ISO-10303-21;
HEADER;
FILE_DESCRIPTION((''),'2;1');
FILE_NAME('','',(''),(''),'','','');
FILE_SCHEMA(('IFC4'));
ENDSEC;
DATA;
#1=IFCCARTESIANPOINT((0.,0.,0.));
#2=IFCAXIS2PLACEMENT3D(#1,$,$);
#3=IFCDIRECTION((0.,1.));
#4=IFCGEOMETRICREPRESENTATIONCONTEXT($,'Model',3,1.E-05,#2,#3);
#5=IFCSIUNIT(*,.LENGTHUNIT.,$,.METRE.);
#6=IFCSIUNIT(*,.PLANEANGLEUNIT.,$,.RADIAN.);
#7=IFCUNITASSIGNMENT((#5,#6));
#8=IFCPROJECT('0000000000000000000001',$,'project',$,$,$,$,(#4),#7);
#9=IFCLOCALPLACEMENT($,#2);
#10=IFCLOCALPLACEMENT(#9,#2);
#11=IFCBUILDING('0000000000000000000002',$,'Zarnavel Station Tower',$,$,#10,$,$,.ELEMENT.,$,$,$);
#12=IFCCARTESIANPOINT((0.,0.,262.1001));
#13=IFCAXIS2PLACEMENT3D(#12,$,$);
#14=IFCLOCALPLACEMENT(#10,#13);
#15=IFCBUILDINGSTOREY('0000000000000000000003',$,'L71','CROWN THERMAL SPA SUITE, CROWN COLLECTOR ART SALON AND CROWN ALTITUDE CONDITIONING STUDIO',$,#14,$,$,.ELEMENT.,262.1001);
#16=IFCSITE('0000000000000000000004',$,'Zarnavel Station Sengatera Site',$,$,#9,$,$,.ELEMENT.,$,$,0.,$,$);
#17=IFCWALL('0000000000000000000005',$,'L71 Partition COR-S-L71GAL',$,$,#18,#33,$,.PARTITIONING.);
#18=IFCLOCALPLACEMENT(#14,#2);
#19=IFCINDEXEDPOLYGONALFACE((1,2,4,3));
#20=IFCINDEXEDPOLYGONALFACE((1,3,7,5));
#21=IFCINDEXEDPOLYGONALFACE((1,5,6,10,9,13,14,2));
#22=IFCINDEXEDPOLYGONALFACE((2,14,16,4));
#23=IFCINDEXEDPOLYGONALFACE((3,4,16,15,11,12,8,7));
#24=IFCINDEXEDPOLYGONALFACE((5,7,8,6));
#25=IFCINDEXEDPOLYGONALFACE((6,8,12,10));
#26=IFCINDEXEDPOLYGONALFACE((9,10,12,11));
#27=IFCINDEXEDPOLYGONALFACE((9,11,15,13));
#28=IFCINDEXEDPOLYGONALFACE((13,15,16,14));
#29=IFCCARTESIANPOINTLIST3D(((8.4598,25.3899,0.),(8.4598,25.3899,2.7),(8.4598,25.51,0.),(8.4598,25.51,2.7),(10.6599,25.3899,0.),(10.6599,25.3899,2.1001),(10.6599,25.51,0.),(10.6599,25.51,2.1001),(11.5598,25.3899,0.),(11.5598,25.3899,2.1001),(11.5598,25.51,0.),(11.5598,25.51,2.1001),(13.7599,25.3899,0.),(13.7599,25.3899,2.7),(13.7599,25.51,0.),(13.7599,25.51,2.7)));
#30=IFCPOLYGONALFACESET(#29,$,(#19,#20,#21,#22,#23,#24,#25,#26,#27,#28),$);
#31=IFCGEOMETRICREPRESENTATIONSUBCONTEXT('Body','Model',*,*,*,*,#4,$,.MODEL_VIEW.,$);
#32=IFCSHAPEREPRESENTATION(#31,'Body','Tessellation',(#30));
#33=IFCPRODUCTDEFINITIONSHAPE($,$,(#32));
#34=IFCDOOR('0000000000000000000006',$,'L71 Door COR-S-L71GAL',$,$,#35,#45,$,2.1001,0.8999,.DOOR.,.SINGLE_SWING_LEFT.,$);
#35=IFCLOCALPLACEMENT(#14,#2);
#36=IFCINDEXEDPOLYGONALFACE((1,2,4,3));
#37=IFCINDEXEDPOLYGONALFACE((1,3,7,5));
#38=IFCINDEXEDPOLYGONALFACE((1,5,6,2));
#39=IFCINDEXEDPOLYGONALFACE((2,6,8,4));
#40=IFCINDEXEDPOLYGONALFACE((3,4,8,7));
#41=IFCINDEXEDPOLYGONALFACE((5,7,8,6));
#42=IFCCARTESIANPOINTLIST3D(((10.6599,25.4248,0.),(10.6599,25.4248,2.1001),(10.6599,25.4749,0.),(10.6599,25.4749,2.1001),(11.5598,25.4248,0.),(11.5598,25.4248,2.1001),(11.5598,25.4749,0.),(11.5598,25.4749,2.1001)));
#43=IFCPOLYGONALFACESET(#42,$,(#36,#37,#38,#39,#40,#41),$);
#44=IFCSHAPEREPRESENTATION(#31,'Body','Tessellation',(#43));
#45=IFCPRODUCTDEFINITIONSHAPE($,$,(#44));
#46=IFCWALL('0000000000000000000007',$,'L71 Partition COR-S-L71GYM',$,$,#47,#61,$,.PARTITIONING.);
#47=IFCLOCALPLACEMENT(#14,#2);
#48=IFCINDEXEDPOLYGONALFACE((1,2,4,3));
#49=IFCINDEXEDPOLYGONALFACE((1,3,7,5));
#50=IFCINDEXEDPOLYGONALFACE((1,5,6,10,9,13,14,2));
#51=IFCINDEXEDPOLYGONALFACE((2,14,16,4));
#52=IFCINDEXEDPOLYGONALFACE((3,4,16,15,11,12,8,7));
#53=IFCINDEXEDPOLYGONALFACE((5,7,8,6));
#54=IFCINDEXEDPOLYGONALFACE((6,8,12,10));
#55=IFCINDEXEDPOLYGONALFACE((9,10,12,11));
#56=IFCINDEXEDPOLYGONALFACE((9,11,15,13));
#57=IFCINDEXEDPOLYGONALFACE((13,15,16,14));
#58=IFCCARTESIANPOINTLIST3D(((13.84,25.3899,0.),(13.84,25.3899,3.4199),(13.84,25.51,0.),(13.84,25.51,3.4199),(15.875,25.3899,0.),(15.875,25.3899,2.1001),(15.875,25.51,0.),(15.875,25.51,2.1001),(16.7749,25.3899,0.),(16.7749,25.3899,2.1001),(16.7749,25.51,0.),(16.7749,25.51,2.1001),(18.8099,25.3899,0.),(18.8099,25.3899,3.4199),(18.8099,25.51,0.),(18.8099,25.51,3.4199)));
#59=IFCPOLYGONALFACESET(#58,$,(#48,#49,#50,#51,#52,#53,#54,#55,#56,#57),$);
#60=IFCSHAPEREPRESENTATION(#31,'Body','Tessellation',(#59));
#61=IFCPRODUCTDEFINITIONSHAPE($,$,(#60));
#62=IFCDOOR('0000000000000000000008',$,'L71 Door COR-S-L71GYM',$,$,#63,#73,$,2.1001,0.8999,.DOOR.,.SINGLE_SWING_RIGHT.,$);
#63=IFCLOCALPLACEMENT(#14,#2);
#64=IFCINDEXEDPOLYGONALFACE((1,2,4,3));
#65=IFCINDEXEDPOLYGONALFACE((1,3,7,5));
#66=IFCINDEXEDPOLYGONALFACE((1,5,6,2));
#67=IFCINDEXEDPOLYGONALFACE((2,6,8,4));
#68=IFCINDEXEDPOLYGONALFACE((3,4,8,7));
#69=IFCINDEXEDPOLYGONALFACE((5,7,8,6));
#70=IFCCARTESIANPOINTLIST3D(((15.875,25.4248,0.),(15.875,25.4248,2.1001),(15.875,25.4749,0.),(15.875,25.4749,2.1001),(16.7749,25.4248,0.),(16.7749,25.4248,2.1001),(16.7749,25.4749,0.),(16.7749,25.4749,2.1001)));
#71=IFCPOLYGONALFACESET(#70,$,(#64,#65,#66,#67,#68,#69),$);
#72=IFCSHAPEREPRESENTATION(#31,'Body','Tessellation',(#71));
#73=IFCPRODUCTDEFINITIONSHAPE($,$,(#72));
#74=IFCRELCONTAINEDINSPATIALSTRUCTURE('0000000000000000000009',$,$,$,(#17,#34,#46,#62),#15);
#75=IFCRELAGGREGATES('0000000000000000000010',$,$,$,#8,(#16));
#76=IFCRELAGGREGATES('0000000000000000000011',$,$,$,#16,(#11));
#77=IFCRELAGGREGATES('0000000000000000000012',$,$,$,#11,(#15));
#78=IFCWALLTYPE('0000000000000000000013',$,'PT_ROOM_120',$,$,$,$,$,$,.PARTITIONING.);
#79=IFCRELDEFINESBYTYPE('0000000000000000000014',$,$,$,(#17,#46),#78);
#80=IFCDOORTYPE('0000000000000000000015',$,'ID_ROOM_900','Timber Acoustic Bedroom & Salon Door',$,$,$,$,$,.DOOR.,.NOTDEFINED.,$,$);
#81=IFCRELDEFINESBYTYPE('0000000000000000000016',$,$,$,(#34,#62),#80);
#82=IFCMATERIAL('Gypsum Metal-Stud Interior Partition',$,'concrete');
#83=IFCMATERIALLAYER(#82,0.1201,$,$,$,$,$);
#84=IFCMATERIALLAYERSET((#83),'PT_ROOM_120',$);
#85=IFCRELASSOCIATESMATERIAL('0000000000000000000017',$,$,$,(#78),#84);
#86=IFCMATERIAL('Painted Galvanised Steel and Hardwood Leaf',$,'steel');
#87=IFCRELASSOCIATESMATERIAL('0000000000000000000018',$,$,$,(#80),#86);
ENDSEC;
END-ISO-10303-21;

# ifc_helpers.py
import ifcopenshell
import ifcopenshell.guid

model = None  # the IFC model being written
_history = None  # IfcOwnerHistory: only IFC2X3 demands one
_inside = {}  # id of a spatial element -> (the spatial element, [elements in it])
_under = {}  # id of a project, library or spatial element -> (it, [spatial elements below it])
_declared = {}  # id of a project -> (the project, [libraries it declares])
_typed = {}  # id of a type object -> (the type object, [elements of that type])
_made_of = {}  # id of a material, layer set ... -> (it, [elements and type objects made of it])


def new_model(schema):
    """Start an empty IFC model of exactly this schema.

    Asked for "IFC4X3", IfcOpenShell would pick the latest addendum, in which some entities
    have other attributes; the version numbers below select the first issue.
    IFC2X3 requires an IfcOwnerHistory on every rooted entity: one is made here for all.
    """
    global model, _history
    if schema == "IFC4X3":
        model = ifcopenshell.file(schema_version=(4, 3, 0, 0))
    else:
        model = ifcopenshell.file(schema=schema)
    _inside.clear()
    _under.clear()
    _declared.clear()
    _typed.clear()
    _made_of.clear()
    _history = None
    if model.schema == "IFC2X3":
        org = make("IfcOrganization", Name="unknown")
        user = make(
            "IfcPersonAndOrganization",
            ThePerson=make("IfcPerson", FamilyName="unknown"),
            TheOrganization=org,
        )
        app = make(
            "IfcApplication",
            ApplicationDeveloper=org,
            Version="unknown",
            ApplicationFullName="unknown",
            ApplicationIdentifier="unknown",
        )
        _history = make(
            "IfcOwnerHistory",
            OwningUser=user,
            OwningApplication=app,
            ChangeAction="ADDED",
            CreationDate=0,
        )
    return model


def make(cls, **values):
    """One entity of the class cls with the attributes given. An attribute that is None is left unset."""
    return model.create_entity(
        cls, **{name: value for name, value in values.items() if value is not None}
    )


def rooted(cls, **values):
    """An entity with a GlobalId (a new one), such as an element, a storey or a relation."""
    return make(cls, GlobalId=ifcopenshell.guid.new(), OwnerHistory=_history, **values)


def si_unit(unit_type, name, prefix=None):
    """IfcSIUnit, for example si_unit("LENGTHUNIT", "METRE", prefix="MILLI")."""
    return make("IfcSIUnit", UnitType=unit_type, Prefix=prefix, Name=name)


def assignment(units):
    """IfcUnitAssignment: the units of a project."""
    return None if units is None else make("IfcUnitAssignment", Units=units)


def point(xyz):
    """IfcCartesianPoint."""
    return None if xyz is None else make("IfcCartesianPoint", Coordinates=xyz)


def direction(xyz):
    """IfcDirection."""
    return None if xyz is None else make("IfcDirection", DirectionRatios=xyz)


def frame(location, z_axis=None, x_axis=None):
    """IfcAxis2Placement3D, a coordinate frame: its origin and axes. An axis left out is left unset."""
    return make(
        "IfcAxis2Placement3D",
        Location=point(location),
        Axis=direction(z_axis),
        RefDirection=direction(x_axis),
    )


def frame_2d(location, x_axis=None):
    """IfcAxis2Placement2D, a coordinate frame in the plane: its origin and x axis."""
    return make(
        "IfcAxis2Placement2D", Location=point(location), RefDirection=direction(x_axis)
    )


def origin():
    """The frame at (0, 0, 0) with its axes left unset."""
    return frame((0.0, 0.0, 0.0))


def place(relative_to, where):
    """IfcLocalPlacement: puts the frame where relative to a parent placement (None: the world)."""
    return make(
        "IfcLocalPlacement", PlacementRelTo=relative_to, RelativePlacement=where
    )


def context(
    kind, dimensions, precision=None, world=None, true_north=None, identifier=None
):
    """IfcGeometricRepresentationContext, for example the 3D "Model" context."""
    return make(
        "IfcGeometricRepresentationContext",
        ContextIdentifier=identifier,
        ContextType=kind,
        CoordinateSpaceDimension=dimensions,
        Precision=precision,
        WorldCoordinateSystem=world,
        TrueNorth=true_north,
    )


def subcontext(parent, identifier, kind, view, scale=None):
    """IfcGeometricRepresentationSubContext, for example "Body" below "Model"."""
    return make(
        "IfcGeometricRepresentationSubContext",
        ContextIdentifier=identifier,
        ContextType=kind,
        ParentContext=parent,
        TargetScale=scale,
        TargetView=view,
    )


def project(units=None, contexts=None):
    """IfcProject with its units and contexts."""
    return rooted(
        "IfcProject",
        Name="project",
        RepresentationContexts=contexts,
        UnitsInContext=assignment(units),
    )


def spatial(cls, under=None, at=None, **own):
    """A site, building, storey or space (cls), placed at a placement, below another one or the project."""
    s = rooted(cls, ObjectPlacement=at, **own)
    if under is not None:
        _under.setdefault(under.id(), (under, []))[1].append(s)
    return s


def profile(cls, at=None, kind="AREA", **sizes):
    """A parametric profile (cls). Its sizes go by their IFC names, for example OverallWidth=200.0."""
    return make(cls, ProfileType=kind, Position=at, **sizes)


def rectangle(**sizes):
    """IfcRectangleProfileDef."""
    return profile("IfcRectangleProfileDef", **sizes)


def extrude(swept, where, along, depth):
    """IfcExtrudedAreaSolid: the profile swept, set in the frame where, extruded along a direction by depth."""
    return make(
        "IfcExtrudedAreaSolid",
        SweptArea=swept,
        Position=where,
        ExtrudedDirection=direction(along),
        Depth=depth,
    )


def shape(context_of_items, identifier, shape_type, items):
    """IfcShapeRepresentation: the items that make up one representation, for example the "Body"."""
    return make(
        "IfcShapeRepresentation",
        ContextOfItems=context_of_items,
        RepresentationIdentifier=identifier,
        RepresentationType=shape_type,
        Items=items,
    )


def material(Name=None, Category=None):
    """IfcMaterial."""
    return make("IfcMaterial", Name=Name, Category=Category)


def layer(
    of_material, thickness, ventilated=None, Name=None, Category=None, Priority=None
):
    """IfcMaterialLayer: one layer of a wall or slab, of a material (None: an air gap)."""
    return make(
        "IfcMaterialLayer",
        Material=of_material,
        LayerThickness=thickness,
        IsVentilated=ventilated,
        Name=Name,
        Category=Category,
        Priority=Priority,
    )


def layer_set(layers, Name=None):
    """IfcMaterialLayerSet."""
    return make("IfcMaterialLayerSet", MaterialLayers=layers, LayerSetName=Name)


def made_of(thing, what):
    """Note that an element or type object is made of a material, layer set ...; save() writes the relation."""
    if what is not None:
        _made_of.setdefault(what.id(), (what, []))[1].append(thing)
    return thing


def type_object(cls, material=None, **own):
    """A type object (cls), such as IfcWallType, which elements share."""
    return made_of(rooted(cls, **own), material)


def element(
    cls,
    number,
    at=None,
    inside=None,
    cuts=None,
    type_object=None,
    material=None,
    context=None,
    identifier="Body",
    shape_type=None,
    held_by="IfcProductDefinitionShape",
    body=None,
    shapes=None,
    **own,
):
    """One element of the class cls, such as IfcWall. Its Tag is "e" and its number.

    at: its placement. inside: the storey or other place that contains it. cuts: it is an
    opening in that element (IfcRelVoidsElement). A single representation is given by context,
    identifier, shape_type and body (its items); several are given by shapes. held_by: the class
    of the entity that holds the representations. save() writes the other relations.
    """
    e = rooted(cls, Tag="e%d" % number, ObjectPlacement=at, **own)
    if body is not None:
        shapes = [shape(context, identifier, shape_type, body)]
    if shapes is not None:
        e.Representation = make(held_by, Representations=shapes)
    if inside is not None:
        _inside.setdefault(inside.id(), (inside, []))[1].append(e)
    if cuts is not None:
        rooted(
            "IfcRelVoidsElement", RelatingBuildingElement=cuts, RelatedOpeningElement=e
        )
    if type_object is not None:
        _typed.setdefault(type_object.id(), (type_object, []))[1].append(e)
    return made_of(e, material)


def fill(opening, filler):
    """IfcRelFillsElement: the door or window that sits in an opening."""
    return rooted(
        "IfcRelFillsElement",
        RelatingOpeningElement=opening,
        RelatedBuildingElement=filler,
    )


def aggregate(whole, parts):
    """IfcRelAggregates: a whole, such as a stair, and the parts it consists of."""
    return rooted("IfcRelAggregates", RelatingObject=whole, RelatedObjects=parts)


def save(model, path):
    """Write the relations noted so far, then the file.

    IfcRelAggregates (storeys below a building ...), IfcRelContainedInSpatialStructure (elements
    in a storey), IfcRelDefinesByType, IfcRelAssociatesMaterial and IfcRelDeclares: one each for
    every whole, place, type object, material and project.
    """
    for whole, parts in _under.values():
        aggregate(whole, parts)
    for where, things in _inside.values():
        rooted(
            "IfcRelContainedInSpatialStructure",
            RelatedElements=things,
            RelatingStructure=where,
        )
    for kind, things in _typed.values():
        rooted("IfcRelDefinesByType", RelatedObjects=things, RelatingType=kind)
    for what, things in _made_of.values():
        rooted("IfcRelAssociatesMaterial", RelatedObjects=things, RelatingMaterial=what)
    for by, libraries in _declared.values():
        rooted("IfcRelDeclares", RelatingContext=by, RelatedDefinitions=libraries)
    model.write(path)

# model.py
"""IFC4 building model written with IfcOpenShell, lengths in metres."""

from ifc_helpers import new_model, si_unit, direction, frame, frame_2d, origin, place, context, subcontext, project, spatial, rectangle, extrude, material, layer, layer_set, type_object, element, fill, save


model = new_model("IFC4")

# Units and contexts
model_context = context("Model", 3, precision=1e-05, world=origin(), true_north=direction((0.0, 1.0)))
body_context = subcontext(model_context, "Body", "Model", "MODEL_VIEW")
ifc_project = project(units=[si_unit("LENGTHUNIT", "METRE"), si_unit("PLANEANGLEUNIT", "RADIAN")], contexts=[model_context])

# Site, building, storey
site_placement = place(None, origin())
site = spatial("IfcSite", under=ifc_project, at=site_placement, Name="Zarnavel Station Sengatera Site", CompositionType="ELEMENT", RefElevation=0.0)
building_placement = place(site_placement, origin())
building = spatial("IfcBuilding", under=site, at=building_placement, Name="Zarnavel Station Tower", CompositionType="ELEMENT")
storey_placement = place(building_placement, frame((0.0, 0.0, 262.1001)))
storey = spatial("IfcBuildingStorey", under=building, at=storey_placement, Name="L71", Description="CROWN THERMAL SPA SUITE, CROWN COLLECTOR ART SALON AND CROWN ALTITUDE CONDITIONING STUDIO", CompositionType="ELEMENT", Elevation=262.1001)

# Walls, openings, doors
ifc_material_1 = material(Name="Gypsum Metal-Stud Interior Partition", Category="concrete")
ifc_layer_1 = layer(ifc_material_1, 0.1201)
ifc_layer_set_1 = layer_set([ifc_layer_1], Name="PT_ROOM_120")
wall_type_1 = type_object("IfcWallType", Name="PT_ROOM_120", PredefinedType="PARTITIONING", material=ifc_layer_set_1)
wall_1_placement = place(storey_placement, frame((8.46, 25.45, 0.0), z_axis=(0.0, 0.0, 1.0), x_axis=(1.0, 0.0, 0.0)))
wall_1 = element("IfcWall", 1, at=wall_1_placement, inside=storey, type_object=wall_type_1, Name="L71 Partition COR-S-L71GAL", PredefinedType="PARTITIONING", context=body_context, shape_type="SweptSolid", body=[
    extrude(rectangle(XDim=5.3, YDim=0.1201, at=frame_2d((2.6499, 0.0))), origin(), (0.0, 0.0, 1.0), 2.7),
])
opening_1_placement = place(wall_1_placement, frame((2.2, 0.0, 0.0)))
opening_1 = element("IfcOpeningElement", 2, at=opening_1_placement, cuts=wall_1, PredefinedType="OPENING", context=body_context, shape_type="SweptSolid", body=[
    extrude(rectangle(XDim=0.8999, YDim=2.1001, at=frame_2d((0.45, 1.05))), frame((0.0, 0.0701, 0.0), z_axis=(0.0, -1.0, 0.0), x_axis=(1.0, 0.0, 0.0)), (0.0, 0.0, 1.0), 0.1401),
])
ifc_material_2 = material(Name="Painted Galvanised Steel and Hardwood Leaf", Category="steel")
door_type = type_object("IfcDoorType", Name="ID_ROOM_900", Description="Timber Acoustic Bedroom & Salon Door", OperationType="NOTDEFINED", PredefinedType="DOOR", material=ifc_material_2)
door_1_placement = place(opening_1_placement, origin())
door_1 = element("IfcDoor", 3, at=door_1_placement, inside=storey, type_object=door_type, Name="L71 Door COR-S-L71GAL", OperationType="SINGLE_SWING_LEFT", OverallHeight=2.1001, OverallWidth=0.8999, PredefinedType="DOOR", context=body_context, shape_type="SweptSolid", body=[
    extrude(rectangle(XDim=0.8999, YDim=2.1001, at=frame_2d((0.45, 1.05))), frame((0.0, 0.0249, 0.0), z_axis=(0.0, -1.0, 0.0), x_axis=(1.0, 0.0, 0.0)), (0.0, 0.0, 1.0), 0.05),
])
fill(opening_1, door_1)
wall_2_placement = place(storey_placement, frame((13.8401, 25.45, 0.0), z_axis=(0.0, 0.0, 1.0), x_axis=(1.0, 0.0, 0.0)))
wall_2 = element("IfcWall", 4, at=wall_2_placement, inside=storey, type_object=wall_type_1, Name="L71 Partition COR-S-L71GYM", PredefinedType="PARTITIONING", context=body_context, shape_type="SweptSolid", body=[
    extrude(rectangle(XDim=4.97, YDim=0.1201, at=frame_2d((2.4849, 0.0))), origin(), (0.0, 0.0, 1.0), 3.4199),
])
opening_2_placement = place(wall_2_placement, frame((2.0349, 0.0, 0.0)))
opening_2 = element("IfcOpeningElement", 5, at=opening_2_placement, cuts=wall_2, PredefinedType="OPENING", context=body_context, shape_type="SweptSolid", body=[
    extrude(rectangle(XDim=0.8999, YDim=2.1001, at=frame_2d((0.45, 1.05))), frame((0.0, 0.0701, 0.0), z_axis=(0.0, -1.0, 0.0), x_axis=(1.0, 0.0, 0.0)), (0.0, 0.0, 1.0), 0.1401),
])
door_2_placement = place(opening_2_placement, origin())
door_2 = element("IfcDoor", 6, at=door_2_placement, inside=storey, type_object=door_type, Name="L71 Door COR-S-L71GYM", OperationType="SINGLE_SWING_RIGHT", OverallHeight=2.1001, OverallWidth=0.8999, PredefinedType="DOOR", context=body_context, shape_type="SweptSolid", body=[
    extrude(rectangle(XDim=0.8999, YDim=2.1001, at=frame_2d((0.45, 1.05))), frame((0.0, 0.0249, 0.0), z_axis=(0.0, -1.0, 0.0), x_axis=(1.0, 0.0, 0.0)), (0.0, 0.0, 1.0), 0.05),
])
fill(opening_2, door_2)

save(model, "model.ifc")
